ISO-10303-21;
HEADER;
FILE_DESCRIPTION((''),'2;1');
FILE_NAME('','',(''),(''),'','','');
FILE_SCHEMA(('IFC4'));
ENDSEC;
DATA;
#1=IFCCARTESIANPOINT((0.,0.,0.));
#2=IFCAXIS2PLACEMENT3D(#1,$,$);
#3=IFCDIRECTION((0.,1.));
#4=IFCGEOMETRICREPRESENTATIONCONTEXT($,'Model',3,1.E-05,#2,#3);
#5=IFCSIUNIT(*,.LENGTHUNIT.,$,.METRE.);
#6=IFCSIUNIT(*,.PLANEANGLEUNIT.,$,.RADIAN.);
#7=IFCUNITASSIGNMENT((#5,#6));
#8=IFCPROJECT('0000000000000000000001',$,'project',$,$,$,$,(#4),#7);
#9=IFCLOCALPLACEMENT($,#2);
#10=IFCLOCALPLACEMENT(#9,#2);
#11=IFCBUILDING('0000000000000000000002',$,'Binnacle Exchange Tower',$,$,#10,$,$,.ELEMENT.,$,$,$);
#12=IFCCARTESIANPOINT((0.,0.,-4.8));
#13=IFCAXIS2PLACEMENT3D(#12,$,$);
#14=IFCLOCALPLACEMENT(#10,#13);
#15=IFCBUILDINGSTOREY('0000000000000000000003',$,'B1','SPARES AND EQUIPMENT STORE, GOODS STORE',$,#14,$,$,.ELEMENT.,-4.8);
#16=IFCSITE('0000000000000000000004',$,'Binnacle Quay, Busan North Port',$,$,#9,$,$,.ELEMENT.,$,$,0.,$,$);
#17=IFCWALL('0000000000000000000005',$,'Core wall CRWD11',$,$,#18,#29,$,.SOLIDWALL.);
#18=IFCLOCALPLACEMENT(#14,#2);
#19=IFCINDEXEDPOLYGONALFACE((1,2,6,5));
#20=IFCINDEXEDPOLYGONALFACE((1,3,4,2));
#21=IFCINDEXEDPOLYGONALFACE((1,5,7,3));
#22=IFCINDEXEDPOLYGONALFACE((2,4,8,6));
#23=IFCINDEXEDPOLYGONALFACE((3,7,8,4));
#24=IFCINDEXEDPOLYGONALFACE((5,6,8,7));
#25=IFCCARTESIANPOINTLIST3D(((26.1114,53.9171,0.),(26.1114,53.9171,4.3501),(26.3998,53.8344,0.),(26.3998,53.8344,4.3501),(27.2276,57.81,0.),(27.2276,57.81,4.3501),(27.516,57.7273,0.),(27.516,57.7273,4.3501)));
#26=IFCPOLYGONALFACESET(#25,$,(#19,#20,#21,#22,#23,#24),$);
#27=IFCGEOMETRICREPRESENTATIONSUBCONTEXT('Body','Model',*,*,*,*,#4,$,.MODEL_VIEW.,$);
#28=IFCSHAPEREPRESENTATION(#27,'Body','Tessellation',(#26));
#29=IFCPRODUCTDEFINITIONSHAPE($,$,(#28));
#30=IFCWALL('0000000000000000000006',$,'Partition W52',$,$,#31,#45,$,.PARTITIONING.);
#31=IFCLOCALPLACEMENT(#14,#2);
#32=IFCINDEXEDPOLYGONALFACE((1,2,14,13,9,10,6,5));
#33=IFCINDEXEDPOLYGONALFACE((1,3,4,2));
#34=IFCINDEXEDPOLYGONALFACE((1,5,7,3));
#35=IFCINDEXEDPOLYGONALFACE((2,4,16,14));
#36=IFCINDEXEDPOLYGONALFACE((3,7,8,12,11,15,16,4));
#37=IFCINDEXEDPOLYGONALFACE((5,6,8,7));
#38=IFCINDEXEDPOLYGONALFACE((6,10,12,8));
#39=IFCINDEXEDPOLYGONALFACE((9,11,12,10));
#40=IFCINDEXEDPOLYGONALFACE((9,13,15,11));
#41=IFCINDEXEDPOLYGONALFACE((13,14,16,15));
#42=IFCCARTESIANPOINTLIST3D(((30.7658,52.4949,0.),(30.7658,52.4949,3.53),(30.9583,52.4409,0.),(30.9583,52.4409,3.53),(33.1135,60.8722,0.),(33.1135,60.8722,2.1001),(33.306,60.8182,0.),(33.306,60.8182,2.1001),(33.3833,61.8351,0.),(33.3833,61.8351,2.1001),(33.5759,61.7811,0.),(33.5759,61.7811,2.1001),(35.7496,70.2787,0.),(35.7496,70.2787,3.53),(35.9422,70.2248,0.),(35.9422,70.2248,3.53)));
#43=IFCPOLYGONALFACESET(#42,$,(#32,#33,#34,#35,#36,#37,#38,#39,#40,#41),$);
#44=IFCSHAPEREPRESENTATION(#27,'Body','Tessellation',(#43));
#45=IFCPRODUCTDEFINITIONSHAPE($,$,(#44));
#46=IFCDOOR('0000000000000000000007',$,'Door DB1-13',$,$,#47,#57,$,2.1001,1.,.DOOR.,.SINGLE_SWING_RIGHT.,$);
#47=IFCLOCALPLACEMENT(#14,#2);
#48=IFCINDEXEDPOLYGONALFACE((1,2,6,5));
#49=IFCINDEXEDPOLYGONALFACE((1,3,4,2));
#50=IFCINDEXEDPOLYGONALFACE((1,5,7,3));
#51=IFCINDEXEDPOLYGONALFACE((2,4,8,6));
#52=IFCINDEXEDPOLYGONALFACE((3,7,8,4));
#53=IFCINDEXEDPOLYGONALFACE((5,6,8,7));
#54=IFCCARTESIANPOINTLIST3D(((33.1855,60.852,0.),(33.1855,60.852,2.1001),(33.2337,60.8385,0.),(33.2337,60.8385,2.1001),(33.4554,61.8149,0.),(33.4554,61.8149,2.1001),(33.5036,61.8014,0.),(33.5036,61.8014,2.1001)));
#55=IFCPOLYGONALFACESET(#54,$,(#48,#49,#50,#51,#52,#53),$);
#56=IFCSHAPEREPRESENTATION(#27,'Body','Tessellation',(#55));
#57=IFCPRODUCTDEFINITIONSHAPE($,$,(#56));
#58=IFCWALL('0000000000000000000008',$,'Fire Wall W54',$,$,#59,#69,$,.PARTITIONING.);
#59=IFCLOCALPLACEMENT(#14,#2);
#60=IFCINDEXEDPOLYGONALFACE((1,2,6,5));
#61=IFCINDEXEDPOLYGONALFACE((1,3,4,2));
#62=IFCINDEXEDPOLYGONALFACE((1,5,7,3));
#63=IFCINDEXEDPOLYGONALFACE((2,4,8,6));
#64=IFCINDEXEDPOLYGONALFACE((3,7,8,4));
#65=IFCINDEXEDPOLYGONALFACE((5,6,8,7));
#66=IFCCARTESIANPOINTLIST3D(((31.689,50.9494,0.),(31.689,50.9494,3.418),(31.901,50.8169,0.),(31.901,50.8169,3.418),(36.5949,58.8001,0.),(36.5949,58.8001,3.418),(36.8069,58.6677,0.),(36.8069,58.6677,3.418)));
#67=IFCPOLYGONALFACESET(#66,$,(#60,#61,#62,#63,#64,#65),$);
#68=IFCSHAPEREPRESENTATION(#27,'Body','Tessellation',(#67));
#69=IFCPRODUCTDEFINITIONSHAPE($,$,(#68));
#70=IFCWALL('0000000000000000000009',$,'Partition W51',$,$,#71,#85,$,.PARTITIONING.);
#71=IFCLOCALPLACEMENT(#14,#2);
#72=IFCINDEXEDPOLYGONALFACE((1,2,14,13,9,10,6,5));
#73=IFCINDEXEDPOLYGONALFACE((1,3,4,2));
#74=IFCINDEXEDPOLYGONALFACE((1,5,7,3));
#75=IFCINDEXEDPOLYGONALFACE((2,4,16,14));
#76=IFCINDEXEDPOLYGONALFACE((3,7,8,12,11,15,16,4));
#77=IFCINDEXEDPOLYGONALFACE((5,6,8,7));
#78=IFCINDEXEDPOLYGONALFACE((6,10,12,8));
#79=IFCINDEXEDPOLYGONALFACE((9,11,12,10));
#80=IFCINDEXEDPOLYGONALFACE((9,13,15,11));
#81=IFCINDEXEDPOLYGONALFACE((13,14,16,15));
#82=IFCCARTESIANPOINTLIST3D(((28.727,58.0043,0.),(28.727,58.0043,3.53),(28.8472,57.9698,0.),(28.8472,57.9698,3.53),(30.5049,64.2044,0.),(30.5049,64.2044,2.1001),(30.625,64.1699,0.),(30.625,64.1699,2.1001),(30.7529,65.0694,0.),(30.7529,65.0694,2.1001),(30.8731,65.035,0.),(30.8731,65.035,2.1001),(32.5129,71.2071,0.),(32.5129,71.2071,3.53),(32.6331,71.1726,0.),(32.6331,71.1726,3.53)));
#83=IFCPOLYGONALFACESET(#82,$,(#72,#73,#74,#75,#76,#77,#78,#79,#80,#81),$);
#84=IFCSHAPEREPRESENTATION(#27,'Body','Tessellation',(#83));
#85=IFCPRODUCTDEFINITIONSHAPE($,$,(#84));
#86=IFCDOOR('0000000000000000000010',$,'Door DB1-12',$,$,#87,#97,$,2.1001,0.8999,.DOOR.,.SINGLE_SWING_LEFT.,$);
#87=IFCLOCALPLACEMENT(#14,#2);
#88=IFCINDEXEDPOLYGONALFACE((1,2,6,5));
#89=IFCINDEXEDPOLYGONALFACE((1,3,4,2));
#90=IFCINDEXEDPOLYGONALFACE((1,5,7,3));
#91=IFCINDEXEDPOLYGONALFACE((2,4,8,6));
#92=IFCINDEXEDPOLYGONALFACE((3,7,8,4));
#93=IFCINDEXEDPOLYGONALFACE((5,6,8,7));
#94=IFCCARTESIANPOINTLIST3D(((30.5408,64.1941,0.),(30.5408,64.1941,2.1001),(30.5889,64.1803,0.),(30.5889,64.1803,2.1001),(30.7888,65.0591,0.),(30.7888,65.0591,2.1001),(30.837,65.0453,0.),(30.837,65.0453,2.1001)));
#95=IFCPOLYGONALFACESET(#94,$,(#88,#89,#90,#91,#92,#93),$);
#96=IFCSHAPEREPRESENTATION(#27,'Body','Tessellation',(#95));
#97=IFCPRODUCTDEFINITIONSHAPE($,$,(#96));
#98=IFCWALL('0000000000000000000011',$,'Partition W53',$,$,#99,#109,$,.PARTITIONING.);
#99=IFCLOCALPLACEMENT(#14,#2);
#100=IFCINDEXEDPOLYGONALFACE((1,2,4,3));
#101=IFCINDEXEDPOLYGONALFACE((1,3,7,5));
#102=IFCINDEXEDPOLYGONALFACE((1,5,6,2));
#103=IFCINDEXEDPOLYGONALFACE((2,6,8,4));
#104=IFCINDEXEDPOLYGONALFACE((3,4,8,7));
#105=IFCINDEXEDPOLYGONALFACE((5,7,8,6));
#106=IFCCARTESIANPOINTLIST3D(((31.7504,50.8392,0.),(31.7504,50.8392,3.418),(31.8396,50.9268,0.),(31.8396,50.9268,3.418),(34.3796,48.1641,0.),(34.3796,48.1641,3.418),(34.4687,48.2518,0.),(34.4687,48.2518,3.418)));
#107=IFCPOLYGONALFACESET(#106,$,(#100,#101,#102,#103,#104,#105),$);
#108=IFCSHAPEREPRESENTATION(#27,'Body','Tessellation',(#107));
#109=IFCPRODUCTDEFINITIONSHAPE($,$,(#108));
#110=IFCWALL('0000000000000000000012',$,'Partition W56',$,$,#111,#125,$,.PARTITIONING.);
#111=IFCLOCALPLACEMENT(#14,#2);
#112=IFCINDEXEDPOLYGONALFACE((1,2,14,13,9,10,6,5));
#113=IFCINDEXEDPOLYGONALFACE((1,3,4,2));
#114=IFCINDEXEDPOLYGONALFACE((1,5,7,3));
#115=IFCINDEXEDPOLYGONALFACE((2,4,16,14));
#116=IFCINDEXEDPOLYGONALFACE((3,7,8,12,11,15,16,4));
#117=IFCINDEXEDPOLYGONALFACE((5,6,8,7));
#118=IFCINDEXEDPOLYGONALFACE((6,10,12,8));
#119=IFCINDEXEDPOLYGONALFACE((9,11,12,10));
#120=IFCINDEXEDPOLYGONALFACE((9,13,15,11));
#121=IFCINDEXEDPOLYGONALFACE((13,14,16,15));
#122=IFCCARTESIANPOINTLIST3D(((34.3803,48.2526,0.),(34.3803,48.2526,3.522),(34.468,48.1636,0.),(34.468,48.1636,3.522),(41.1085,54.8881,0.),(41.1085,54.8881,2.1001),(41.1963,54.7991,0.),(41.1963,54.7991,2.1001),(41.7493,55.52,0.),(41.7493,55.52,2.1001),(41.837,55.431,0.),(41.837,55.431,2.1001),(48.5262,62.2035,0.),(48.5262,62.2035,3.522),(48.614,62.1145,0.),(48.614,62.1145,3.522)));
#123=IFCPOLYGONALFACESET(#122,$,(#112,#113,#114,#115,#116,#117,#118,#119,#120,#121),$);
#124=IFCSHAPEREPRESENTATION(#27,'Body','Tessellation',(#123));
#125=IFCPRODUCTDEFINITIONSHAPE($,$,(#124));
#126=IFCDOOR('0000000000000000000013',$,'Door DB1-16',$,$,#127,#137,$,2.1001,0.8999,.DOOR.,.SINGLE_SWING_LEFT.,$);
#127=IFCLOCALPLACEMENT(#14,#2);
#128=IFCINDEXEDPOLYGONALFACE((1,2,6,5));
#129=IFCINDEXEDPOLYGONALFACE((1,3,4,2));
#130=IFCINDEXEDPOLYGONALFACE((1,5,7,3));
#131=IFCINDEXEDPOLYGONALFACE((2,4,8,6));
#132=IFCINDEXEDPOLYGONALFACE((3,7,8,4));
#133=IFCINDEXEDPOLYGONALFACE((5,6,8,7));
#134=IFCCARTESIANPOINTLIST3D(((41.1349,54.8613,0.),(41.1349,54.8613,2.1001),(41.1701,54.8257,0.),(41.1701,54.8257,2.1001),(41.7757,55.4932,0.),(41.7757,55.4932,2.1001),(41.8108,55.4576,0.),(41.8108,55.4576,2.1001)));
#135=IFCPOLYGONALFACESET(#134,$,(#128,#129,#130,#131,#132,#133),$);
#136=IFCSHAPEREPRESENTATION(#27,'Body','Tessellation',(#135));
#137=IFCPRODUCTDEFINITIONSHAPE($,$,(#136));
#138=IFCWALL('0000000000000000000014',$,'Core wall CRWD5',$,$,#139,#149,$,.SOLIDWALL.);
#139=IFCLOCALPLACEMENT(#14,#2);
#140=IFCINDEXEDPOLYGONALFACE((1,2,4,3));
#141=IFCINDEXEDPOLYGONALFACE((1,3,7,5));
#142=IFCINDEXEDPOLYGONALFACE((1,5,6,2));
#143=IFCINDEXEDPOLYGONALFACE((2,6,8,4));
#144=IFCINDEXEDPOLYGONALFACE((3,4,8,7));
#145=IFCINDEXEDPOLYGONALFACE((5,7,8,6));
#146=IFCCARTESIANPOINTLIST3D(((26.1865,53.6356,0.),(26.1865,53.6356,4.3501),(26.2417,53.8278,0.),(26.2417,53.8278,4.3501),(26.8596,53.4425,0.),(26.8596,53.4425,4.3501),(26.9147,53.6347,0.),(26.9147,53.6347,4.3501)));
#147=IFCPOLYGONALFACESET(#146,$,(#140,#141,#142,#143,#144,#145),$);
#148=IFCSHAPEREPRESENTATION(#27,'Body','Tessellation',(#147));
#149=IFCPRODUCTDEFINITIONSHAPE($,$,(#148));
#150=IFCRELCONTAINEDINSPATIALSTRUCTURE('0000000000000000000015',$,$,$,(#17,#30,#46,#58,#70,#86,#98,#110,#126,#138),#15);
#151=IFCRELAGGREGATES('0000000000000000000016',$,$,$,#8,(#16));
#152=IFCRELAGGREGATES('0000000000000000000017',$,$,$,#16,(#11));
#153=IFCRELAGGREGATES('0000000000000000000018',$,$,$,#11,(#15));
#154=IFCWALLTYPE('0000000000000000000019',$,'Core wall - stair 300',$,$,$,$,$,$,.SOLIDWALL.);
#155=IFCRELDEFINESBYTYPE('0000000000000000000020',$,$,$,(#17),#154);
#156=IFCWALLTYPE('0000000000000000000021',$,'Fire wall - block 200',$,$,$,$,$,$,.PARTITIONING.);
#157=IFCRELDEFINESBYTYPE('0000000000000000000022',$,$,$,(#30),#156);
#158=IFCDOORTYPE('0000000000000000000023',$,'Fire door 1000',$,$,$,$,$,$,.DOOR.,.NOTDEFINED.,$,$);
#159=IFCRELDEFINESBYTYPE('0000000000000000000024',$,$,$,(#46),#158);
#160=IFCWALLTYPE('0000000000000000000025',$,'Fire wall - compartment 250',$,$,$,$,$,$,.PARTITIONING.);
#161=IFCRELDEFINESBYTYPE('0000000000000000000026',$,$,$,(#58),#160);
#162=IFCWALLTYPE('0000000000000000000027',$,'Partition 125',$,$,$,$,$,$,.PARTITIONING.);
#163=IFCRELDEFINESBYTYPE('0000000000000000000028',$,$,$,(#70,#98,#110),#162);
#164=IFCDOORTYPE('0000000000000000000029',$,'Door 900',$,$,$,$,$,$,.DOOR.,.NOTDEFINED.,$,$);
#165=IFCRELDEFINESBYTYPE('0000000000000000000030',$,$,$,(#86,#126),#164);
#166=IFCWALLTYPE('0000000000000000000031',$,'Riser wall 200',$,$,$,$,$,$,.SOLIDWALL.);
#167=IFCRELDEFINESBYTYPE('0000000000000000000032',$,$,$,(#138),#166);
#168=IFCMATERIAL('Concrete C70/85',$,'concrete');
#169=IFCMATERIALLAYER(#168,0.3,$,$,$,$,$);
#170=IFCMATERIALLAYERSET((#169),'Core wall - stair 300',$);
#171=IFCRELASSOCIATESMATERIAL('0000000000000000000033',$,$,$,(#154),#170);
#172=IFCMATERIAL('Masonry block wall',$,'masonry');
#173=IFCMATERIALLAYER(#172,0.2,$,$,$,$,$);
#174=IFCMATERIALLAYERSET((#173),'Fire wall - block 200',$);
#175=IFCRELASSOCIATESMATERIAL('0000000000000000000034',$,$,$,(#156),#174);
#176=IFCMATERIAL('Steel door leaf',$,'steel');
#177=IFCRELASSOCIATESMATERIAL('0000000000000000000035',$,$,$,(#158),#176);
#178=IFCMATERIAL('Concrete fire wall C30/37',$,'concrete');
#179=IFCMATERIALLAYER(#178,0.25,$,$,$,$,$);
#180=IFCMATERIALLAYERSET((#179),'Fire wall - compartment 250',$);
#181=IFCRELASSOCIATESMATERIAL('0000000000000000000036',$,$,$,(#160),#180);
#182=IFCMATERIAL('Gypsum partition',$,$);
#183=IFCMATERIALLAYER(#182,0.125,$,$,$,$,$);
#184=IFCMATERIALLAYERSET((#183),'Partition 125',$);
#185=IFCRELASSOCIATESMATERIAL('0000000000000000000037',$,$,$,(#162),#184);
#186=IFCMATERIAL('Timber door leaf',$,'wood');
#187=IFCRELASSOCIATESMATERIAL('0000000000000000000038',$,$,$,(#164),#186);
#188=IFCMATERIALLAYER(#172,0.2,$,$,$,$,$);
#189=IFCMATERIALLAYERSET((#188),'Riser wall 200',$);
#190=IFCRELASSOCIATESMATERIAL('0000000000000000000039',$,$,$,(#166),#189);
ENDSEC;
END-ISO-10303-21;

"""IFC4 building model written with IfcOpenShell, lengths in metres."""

from ifc_helpers import new_model, si_unit, direction, frame, frame_2d, origin, place, context, subcontext, project, spatial, rectangle, extrude, material, layer, layer_set, type_object, element, fill, save


model = new_model("IFC4")

# Units and contexts
model_context = context("Model", 3, precision=1e-05, world=origin(), true_north=direction((0.0, 1.0)))
body_context = subcontext(model_context, "Body", "Model", "MODEL_VIEW")
ifc_project = project(units=[si_unit("LENGTHUNIT", "METRE"), si_unit("PLANEANGLEUNIT", "RADIAN")], contexts=[model_context])

# Site, building, storey
site_placement = place(None, origin())
site = spatial("IfcSite", under=ifc_project, at=site_placement, Name="Binnacle Quay, Busan North Port", CompositionType="ELEMENT", RefElevation=0.0)
building_placement = place(site_placement, origin())
building = spatial("IfcBuilding", under=site, at=building_placement, Name="Binnacle Exchange Tower", CompositionType="ELEMENT")
storey_placement = place(building_placement, frame((0.0, 0.0, -4.8)))
storey = spatial("IfcBuildingStorey", under=building, at=storey_placement, Name="B1", Description="SPARES AND EQUIPMENT STORE, GOODS STORE", CompositionType="ELEMENT", Elevation=-4.8)

# Shared definitions
ifc_material_1 = material(Name="Concrete C70/85", Category="concrete")

# Shared definitions
ifc_material_2 = material(Name="Steel door leaf", Category="steel")

# Wall
ifc_layer_1 = layer(ifc_material_1, 0.3)
ifc_layer_set_1 = layer_set([ifc_layer_1], Name="Core wall - stair 300")
wall_type_1 = type_object("IfcWallType", Name="Core wall - stair 300", PredefinedType="SOLIDWALL", material=ifc_layer_set_1)
wall_1_placement = place(storey_placement, frame((26.2556, 53.8757, 0.0), z_axis=(0.0, 0.0, 1.0), x_axis=(0.275613, 0.961269, 0.0)))
element("IfcWall", 1, at=wall_1_placement, inside=storey, type_object=wall_type_1, Name="Core wall CRWD11", PredefinedType="SOLIDWALL", context=body_context, shape_type="SweptSolid", body=[
    extrude(rectangle(XDim=4.0498, YDim=0.3, at=frame_2d((2.0249, 0.0))), origin(), (0.0, 0.0, 1.0), 4.3501),
])

# Wall, opening, door
ifc_material_3 = material(Name="Masonry block wall", Category="masonry")
ifc_layer_2 = layer(ifc_material_3, 0.2)
ifc_layer_set_2 = layer_set([ifc_layer_2], Name="Fire wall - block 200")
wall_type_2 = type_object("IfcWallType", Name="Fire wall - block 200", PredefinedType="PARTITIONING", material=ifc_layer_set_2)
wall_2_placement = place(storey_placement, frame((30.8621, 52.468, 0.0), z_axis=(0.0, 0.0, 1.0), x_axis=(0.26985, 0.962902, 0.0)))
wall_2 = element("IfcWall", 2, at=wall_2_placement, inside=storey, type_object=wall_type_2, Name="Partition W52", PredefinedType="PARTITIONING", context=body_context, shape_type="SweptSolid", body=[
    extrude(rectangle(XDim=18.469, YDim=0.2, at=frame_2d((9.2344, 0.0))), origin(), (0.0, 0.0, 1.0), 3.53),
])
opening_1_placement = place(wall_2_placement, frame((8.7, 0.0, 0.0)))
opening_1 = element("IfcOpeningElement", 3, at=opening_1_placement, cuts=wall_2, PredefinedType="OPENING", context=body_context, shape_type="SweptSolid", body=[
    extrude(rectangle(XDim=1.0, YDim=2.1001, at=frame_2d((0.5, 1.05))), frame((0.0, 0.1099, 0.0), z_axis=(0.0, -1.0, 0.0), x_axis=(1.0, 0.0, 0.0)), (0.0, 0.0, 1.0), 0.22),
])
door_type_1 = type_object("IfcDoorType", Name="Fire door 1000", OperationType="NOTDEFINED", PredefinedType="DOOR", material=ifc_material_2)
door_1_placement = place(opening_1_placement, frame((1.0, 0.0, 0.0), z_axis=(0.0, 0.0, 1.0), x_axis=(-1.0, 0.0, 0.0)))
door_1 = element("IfcDoor", 4, at=door_1_placement, inside=storey, type_object=door_type_1, Name="Door DB1-13", OperationType="SINGLE_SWING_RIGHT", OverallHeight=2.1001, OverallWidth=1.0, PredefinedType="DOOR", context=body_context, shape_type="SweptSolid", body=[
    extrude(rectangle(XDim=1.0, YDim=2.1001, at=frame_2d((0.5, 1.05))), frame((0.0, 0.0249, 0.0), z_axis=(0.0, -1.0, 0.0), x_axis=(1.0, 0.0, 0.0)), (0.0, 0.0, 1.0), 0.05),
])
fill(opening_1, door_1)

# Wall
ifc_material_4 = material(Name="Concrete fire wall C30/37", Category="concrete")
ifc_layer_3 = layer(ifc_material_4, 0.25)
ifc_layer_set_3 = layer_set([ifc_layer_3], Name="Fire wall - compartment 250")
wall_type_3 = type_object("IfcWallType", Name="Fire wall - compartment 250", PredefinedType="PARTITIONING", material=ifc_layer_set_3)
wall_3_placement = place(storey_placement, frame((31.7949, 50.8831, 0.0), z_axis=(0.0, 0.0, 1.0), x_axis=(0.52994, 0.848035, 0.0)))
element("IfcWall", 5, at=wall_3_placement, inside=storey, type_object=wall_type_3, Name="Fire Wall W54", PredefinedType="PARTITIONING", context=body_context, shape_type="SweptSolid", body=[
    extrude(rectangle(XDim=9.2576, YDim=0.25, at=frame_2d((4.6289, 0.0))), origin(), (0.0, 0.0, 1.0), 3.418),
])

# Wall, opening, door
ifc_material_5 = material(Name="Gypsum partition")
ifc_layer_4 = layer(ifc_material_5, 0.125)
ifc_layer_set_4 = layer_set([ifc_layer_4], Name="Partition 125")
wall_type_4 = type_object("IfcWallType", Name="Partition 125", PredefinedType="PARTITIONING", material=ifc_layer_set_4)
wall_4_placement = place(storey_placement, frame((28.7871, 57.9871, 0.0), z_axis=(0.0, 0.0, 1.0), x_axis=(0.275639, 0.961261, 0.0)))
wall_4 = element("IfcWall", 6, at=wall_4_placement, inside=storey, type_object=wall_type_4, Name="Partition W51", PredefinedType="PARTITIONING", context=body_context, shape_type="SweptSolid", body=[
    extrude(rectangle(XDim=13.7349, YDim=0.125, at=frame_2d((6.8674, 0.0))), origin(), (0.0, 0.0, 1.0), 3.53),
])
opening_2_placement = place(wall_4_placement, frame((6.45, 0.0, 0.0)))
opening_2 = element("IfcOpeningElement", 7, at=opening_2_placement, cuts=wall_4, PredefinedType="OPENING", context=body_context, shape_type="SweptSolid", body=[
    extrude(rectangle(XDim=0.8999, YDim=2.1001, at=frame_2d((0.45, 1.05))), frame((0.0, 0.0725, 0.0), z_axis=(0.0, -1.0, 0.0), x_axis=(1.0, 0.0, 0.0)), (0.0, 0.0, 1.0), 0.145),
])
ifc_material_6 = material(Name="Timber door leaf", Category="wood")
door_type_2 = type_object("IfcDoorType", Name="Door 900", OperationType="NOTDEFINED", PredefinedType="DOOR", material=ifc_material_6)
door_2_placement = place(opening_2_placement, frame((0.8999, 0.0, 0.0), z_axis=(0.0, 0.0, 1.0), x_axis=(-1.0, 0.0, 0.0)))
door_2 = element("IfcDoor", 8, at=door_2_placement, inside=storey, type_object=door_type_2, Name="Door DB1-12", OperationType="SINGLE_SWING_LEFT", OverallHeight=2.1001, OverallWidth=0.8999, PredefinedType="DOOR", context=body_context, shape_type="SweptSolid", body=[
    extrude(rectangle(XDim=0.8999, YDim=2.1001, at=frame_2d((0.45, 1.05))), frame((0.0, 0.0249, 0.0), z_axis=(0.0, -1.0, 0.0), x_axis=(1.0, 0.0, 0.0)), (0.0, 0.0, 1.0), 0.05),
])
fill(opening_2, door_2)

# Wall
wall_5_placement = place(storey_placement, frame((31.7949, 50.8831, 0.0), z_axis=(0.0, 0.0, 1.0), x_axis=(0.700962, -0.713199, 0.0)))
element("IfcWall", 9, at=wall_5_placement, inside=storey, type_object=wall_type_4, Name="Partition W53", PredefinedType="PARTITIONING", context=body_context, shape_type="SweptSolid", body=[
    extrude(rectangle(XDim=3.7507, YDim=0.125, at=frame_2d((1.8755, 0.0))), origin(), (0.0, 0.0, 1.0), 3.418),
])

# Wall, opening, door
wall_6_placement = place(storey_placement, frame((34.4241, 48.208, 0.0), z_axis=(0.0, 0.0, 1.0), x_axis=(0.711999, 0.702181, 0.0)))
wall_6 = element("IfcWall", 10, at=wall_6_placement, inside=storey, type_object=wall_type_4, Name="Partition W56", PredefinedType="PARTITIONING", context=body_context, shape_type="SweptSolid", body=[
    extrude(rectangle(XDim=19.8679, YDim=0.125, at=frame_2d((9.9341, 0.0))), origin(), (0.0, 0.0, 1.0), 3.522),
])
opening_3_placement = place(wall_6_placement, frame((9.45, 0.0, 0.0)))
opening_3 = element("IfcOpeningElement", 11, at=opening_3_placement, cuts=wall_6, PredefinedType="OPENING", context=body_context, shape_type="SweptSolid", body=[
    extrude(rectangle(XDim=0.8999, YDim=2.1001, at=frame_2d((0.45, 1.05))), frame((0.0, 0.0725, 0.0), z_axis=(0.0, -1.0, 0.0), x_axis=(1.0, 0.0, 0.0)), (0.0, 0.0, 1.0), 0.145),
])
door_3_placement = place(opening_3_placement, origin())
door_3 = element("IfcDoor", 12, at=door_3_placement, inside=storey, type_object=door_type_2, Name="Door DB1-16", OperationType="SINGLE_SWING_LEFT", OverallHeight=2.1001, OverallWidth=0.8999, PredefinedType="DOOR", context=body_context, shape_type="SweptSolid", body=[
    extrude(rectangle(XDim=0.8999, YDim=2.1001, at=frame_2d((0.45, 1.05))), frame((0.0, 0.0249, 0.0), z_axis=(0.0, -1.0, 0.0), x_axis=(1.0, 0.0, 0.0)), (0.0, 0.0, 1.0), 0.05),
])
fill(opening_3, door_3)

# Wall
ifc_layer_5 = layer(ifc_material_3, 0.2)
ifc_layer_set_5 = layer_set([ifc_layer_5], Name="Riser wall 200")
wall_type_5 = type_object("IfcWallType", Name="Riser wall 200", PredefinedType="SOLIDWALL", material=ifc_layer_set_5)
wall_7_placement = place(storey_placement, frame((26.2141, 53.7317, 0.0), z_axis=(0.0, 0.0, 1.0), x_axis=(0.961221, -0.27578, 0.0)))
element("IfcWall", 13, at=wall_7_placement, inside=storey, type_object=wall_type_5, Name="Core wall CRWD5", PredefinedType="SOLIDWALL", context=body_context, shape_type="SweptSolid", body=[
    extrude(rectangle(XDim=0.7002, YDim=0.2, at=frame_2d((0.3501, 0.0))), origin(), (0.0, 0.0, 1.0), 4.3501),
])

save(model, "model.ifc")
